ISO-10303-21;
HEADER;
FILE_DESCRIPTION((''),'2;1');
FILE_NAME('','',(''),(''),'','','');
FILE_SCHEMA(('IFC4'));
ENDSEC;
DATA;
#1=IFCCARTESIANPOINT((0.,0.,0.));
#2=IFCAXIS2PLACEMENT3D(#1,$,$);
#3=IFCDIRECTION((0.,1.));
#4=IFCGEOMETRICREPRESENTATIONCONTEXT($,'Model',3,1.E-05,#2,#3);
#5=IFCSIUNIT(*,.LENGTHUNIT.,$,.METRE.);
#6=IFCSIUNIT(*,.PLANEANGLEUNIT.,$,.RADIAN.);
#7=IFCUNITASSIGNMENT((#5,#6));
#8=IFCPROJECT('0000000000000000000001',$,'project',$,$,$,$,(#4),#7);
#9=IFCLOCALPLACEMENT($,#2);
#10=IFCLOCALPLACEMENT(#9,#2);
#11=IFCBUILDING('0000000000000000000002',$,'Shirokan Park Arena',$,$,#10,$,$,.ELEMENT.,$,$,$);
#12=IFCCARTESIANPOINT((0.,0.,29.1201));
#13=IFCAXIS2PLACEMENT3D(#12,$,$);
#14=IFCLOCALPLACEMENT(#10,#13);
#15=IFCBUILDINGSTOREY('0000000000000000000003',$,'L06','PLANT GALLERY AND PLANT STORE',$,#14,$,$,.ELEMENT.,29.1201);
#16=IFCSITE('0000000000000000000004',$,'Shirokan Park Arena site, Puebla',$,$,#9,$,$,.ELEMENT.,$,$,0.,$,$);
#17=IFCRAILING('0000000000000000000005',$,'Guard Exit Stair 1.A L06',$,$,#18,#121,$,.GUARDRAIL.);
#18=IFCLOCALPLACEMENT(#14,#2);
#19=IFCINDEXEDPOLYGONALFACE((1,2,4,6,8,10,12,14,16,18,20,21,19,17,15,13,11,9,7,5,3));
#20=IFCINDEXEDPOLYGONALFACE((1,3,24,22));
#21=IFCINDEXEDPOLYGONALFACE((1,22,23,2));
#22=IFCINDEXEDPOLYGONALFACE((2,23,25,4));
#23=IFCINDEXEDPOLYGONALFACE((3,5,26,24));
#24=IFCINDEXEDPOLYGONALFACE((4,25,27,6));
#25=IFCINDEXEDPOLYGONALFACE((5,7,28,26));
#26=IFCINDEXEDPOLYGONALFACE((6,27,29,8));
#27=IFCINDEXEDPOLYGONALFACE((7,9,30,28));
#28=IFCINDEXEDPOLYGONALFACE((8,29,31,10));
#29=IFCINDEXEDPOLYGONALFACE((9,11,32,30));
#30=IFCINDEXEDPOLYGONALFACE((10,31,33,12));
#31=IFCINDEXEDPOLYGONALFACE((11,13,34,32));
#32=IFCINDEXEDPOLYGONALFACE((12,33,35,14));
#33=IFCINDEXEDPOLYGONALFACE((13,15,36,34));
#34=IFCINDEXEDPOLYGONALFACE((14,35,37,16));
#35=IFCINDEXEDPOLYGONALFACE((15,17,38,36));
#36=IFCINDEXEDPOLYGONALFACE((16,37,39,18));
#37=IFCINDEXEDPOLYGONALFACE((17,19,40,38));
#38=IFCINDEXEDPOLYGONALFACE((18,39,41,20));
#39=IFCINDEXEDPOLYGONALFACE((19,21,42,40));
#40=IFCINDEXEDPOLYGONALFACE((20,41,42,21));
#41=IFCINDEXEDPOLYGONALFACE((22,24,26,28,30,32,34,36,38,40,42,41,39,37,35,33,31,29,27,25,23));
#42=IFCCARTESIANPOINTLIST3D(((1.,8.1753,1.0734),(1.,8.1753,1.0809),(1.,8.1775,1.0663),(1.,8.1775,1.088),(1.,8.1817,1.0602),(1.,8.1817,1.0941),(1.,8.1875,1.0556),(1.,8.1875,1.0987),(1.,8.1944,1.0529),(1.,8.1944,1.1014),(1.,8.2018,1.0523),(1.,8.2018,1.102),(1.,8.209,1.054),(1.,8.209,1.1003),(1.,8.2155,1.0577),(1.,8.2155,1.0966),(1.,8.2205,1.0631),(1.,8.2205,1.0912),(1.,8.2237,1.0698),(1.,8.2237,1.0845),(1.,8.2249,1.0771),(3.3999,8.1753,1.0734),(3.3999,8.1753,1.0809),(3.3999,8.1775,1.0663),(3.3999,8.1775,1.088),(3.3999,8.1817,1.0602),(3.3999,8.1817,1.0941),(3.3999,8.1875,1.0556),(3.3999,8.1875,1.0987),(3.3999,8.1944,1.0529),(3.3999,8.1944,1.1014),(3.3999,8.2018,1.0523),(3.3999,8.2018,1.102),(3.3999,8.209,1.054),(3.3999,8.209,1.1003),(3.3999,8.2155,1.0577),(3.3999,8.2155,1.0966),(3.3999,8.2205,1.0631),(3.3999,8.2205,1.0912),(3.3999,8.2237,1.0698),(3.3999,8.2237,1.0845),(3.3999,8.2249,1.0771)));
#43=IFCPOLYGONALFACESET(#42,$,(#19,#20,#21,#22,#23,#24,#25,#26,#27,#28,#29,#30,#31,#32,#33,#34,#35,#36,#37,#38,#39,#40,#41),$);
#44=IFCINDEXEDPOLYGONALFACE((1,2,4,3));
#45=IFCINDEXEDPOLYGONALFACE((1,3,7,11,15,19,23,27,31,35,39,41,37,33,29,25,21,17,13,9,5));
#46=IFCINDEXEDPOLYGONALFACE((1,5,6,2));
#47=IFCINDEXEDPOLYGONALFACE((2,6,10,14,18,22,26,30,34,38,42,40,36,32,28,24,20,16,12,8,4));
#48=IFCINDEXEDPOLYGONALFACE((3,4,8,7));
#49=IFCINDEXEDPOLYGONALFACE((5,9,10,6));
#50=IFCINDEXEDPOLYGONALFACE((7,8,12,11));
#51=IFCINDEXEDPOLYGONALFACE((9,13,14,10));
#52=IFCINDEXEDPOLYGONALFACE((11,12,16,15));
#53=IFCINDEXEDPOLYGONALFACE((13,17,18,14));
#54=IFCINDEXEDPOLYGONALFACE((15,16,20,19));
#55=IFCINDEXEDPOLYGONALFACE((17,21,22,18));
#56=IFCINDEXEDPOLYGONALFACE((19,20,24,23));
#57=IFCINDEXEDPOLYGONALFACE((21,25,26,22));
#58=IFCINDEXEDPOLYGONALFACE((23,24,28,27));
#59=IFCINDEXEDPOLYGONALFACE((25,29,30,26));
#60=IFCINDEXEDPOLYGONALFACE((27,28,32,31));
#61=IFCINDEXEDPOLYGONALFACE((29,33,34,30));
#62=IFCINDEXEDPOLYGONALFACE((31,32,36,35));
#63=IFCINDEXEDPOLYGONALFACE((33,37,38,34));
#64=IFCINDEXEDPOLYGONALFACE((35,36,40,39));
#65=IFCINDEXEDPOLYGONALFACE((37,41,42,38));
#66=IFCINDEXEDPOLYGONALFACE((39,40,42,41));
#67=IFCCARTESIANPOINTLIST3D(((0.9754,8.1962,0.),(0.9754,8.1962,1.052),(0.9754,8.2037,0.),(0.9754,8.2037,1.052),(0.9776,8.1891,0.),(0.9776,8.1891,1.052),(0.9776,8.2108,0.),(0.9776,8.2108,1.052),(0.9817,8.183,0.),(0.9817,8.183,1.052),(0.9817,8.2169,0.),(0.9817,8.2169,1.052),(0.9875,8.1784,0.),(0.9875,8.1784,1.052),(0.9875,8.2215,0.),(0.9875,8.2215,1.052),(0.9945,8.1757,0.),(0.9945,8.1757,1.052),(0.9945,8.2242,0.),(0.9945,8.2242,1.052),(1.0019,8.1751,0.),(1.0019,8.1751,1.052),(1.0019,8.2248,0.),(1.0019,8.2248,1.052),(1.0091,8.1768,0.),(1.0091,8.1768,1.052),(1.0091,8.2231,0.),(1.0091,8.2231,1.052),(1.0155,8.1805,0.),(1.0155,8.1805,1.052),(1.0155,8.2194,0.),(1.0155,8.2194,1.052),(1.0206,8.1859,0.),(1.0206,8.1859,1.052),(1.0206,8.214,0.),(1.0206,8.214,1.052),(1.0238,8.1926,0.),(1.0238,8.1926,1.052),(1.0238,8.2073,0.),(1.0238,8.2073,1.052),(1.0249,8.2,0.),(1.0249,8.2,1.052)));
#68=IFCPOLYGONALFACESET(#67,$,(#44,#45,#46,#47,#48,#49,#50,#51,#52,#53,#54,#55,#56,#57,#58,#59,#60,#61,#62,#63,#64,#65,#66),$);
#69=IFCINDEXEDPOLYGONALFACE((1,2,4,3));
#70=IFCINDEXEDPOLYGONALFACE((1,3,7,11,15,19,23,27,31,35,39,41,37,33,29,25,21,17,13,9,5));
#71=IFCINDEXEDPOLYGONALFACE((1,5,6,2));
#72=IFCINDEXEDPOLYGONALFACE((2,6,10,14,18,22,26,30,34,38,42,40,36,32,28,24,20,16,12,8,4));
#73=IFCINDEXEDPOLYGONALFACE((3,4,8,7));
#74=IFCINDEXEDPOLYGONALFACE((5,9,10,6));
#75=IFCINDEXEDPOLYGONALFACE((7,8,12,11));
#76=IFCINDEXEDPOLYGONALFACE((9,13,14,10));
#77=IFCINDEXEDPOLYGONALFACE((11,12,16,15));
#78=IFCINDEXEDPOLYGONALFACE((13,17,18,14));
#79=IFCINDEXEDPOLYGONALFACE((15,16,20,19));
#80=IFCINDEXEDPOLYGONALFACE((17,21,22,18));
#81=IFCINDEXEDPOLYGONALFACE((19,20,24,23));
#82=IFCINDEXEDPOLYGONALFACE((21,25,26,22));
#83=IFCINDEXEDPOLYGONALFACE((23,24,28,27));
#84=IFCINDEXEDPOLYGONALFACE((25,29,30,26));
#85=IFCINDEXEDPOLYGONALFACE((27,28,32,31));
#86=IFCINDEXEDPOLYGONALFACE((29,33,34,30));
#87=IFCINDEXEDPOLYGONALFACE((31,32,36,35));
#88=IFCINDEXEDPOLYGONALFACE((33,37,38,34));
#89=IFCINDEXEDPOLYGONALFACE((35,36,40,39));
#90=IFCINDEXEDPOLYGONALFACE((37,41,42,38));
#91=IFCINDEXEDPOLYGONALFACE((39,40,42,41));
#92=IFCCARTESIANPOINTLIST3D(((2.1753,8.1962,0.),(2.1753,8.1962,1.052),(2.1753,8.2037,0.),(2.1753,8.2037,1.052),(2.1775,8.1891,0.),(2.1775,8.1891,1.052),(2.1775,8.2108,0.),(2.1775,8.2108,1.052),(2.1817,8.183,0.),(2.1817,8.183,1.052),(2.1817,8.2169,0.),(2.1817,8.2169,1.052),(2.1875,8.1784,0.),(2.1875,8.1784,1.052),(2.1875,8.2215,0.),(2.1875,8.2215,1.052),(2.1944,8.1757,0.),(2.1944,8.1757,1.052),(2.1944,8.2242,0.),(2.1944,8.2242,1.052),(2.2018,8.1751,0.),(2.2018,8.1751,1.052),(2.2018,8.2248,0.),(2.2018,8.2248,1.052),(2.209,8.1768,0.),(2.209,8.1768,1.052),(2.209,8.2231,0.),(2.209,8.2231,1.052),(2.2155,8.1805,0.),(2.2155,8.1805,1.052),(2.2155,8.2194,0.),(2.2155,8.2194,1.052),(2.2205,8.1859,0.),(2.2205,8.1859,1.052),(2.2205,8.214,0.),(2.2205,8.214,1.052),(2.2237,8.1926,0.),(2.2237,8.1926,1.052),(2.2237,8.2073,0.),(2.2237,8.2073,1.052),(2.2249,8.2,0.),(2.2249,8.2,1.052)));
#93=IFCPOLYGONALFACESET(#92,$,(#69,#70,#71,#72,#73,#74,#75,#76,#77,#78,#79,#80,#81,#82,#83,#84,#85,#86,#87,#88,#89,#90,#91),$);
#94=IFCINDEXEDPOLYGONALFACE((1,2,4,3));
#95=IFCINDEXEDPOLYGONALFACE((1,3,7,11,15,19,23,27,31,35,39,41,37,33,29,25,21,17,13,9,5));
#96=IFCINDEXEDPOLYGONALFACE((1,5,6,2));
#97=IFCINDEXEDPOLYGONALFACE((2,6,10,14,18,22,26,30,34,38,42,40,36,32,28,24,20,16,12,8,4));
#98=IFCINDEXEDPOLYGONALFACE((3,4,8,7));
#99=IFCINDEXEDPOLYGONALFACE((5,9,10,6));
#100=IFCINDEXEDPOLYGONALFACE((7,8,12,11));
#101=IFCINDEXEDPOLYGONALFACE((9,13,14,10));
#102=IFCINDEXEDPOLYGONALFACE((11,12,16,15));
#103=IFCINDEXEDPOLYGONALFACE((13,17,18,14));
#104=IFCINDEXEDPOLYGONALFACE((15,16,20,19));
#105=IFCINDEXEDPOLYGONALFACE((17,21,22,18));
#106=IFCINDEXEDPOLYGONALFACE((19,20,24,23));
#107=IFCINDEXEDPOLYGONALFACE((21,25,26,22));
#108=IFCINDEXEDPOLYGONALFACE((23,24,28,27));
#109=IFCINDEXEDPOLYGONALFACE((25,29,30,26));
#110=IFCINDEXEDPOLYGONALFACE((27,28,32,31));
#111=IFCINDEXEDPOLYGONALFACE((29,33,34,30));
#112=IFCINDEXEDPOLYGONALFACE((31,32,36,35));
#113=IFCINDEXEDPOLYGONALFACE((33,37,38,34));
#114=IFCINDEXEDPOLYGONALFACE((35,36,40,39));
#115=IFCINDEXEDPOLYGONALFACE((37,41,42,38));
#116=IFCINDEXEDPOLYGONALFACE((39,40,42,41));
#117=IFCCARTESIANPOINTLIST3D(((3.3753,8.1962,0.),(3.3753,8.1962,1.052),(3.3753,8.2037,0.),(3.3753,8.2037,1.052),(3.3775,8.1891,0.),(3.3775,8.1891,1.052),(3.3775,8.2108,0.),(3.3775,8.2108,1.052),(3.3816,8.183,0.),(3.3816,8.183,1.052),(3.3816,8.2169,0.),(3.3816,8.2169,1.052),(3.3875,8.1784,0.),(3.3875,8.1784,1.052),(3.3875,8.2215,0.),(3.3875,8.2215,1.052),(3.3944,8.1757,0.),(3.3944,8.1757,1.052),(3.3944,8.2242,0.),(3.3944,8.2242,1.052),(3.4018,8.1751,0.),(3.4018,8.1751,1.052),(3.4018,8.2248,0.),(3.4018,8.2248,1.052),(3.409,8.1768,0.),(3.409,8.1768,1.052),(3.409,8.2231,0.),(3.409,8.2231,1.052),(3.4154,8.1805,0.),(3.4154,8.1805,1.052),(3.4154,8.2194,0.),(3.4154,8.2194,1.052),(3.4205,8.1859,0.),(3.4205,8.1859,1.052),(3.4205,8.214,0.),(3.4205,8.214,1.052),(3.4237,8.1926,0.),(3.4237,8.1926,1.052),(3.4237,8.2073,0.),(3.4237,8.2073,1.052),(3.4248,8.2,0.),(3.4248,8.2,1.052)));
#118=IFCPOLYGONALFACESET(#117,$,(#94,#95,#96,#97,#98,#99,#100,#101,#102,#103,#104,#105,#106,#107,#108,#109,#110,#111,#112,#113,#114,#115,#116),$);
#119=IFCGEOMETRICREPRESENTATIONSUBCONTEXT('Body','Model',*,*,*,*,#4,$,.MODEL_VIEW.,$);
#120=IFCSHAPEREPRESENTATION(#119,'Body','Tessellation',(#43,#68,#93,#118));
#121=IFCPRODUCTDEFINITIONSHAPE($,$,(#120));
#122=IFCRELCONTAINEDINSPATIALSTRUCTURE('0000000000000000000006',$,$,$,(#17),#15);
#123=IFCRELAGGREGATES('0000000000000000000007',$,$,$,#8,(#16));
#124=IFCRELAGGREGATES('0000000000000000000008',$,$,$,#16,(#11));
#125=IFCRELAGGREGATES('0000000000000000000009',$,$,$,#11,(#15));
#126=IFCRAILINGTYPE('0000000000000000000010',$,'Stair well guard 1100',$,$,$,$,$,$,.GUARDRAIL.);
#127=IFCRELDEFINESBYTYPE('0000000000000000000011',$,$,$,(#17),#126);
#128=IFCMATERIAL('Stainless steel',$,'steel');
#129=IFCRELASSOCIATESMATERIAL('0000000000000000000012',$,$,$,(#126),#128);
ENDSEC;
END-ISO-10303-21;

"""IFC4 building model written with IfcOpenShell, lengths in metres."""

from ifc_helpers import new_model, si_unit, direction, frame, origin, origin_2d, place, context, subcontext, project, spatial, circle, extrude, material, type_object, element, save


model = new_model("IFC4")

# Units and contexts
model_context = context("Model", 3, precision=1e-05, world=origin(), true_north=direction((0.0, 1.0)))
body_context = subcontext(model_context, "Body", "Model", "MODEL_VIEW")
ifc_project = project(units=[si_unit("LENGTHUNIT", "METRE"), si_unit("PLANEANGLEUNIT", "RADIAN")], contexts=[model_context])

# Site, building, storey
site_placement = place(None, origin())
site = spatial("IfcSite", under=ifc_project, at=site_placement, Name="Shirokan Park Arena site, Puebla", CompositionType="ELEMENT", RefElevation=0.0)
building_placement = place(site_placement, origin())
building = spatial("IfcBuilding", under=site, at=building_placement, Name="Shirokan Park Arena", CompositionType="ELEMENT")
storey_placement = place(building_placement, frame((0.0, 0.0, 29.1201)))
storey = spatial("IfcBuildingStorey", under=building, at=storey_placement, Name="L06", Description="PLANT GALLERY AND PLANT STORE", CompositionType="ELEMENT", Elevation=29.1201)

# Railing
ifc_material_1 = material(Name="Stainless steel", Category="steel")
railing_type = type_object("IfcRailingType", Name="Stair well guard 1100", PredefinedType="GUARDRAIL", material=ifc_material_1)
railing_placement = place(storey_placement, frame((1.0, 8.2, 0.0)))
element("IfcRailing", 1, at=railing_placement, inside=storey, type_object=railing_type, Name="Guard Exit Stair 1.A L06", PredefinedType="GUARDRAIL", context=body_context, shape_type="SweptSolid", body=[
    extrude(circle(Radius=0.0249, at=origin_2d()), frame((0.0, 0.0, 1.0771), z_axis=(1.0, 0.0, 0.0), x_axis=(0.0, 1.0, 0.0)), (0.0, 0.0, 1.0), 2.3999),
    extrude(circle(Radius=0.0249, at=origin_2d()), origin(), (0.0, 0.0, 1.0), 1.052),
    extrude(circle(Radius=0.0249, at=origin_2d()), frame((1.2, 0.0, 0.0)), (0.0, 0.0, 1.0), 1.052),
    extrude(circle(Radius=0.0249, at=origin_2d()), frame((2.3999, 0.0, 0.0)), (0.0, 0.0, 1.0), 1.052),
])

save(model, "model.ifc")
